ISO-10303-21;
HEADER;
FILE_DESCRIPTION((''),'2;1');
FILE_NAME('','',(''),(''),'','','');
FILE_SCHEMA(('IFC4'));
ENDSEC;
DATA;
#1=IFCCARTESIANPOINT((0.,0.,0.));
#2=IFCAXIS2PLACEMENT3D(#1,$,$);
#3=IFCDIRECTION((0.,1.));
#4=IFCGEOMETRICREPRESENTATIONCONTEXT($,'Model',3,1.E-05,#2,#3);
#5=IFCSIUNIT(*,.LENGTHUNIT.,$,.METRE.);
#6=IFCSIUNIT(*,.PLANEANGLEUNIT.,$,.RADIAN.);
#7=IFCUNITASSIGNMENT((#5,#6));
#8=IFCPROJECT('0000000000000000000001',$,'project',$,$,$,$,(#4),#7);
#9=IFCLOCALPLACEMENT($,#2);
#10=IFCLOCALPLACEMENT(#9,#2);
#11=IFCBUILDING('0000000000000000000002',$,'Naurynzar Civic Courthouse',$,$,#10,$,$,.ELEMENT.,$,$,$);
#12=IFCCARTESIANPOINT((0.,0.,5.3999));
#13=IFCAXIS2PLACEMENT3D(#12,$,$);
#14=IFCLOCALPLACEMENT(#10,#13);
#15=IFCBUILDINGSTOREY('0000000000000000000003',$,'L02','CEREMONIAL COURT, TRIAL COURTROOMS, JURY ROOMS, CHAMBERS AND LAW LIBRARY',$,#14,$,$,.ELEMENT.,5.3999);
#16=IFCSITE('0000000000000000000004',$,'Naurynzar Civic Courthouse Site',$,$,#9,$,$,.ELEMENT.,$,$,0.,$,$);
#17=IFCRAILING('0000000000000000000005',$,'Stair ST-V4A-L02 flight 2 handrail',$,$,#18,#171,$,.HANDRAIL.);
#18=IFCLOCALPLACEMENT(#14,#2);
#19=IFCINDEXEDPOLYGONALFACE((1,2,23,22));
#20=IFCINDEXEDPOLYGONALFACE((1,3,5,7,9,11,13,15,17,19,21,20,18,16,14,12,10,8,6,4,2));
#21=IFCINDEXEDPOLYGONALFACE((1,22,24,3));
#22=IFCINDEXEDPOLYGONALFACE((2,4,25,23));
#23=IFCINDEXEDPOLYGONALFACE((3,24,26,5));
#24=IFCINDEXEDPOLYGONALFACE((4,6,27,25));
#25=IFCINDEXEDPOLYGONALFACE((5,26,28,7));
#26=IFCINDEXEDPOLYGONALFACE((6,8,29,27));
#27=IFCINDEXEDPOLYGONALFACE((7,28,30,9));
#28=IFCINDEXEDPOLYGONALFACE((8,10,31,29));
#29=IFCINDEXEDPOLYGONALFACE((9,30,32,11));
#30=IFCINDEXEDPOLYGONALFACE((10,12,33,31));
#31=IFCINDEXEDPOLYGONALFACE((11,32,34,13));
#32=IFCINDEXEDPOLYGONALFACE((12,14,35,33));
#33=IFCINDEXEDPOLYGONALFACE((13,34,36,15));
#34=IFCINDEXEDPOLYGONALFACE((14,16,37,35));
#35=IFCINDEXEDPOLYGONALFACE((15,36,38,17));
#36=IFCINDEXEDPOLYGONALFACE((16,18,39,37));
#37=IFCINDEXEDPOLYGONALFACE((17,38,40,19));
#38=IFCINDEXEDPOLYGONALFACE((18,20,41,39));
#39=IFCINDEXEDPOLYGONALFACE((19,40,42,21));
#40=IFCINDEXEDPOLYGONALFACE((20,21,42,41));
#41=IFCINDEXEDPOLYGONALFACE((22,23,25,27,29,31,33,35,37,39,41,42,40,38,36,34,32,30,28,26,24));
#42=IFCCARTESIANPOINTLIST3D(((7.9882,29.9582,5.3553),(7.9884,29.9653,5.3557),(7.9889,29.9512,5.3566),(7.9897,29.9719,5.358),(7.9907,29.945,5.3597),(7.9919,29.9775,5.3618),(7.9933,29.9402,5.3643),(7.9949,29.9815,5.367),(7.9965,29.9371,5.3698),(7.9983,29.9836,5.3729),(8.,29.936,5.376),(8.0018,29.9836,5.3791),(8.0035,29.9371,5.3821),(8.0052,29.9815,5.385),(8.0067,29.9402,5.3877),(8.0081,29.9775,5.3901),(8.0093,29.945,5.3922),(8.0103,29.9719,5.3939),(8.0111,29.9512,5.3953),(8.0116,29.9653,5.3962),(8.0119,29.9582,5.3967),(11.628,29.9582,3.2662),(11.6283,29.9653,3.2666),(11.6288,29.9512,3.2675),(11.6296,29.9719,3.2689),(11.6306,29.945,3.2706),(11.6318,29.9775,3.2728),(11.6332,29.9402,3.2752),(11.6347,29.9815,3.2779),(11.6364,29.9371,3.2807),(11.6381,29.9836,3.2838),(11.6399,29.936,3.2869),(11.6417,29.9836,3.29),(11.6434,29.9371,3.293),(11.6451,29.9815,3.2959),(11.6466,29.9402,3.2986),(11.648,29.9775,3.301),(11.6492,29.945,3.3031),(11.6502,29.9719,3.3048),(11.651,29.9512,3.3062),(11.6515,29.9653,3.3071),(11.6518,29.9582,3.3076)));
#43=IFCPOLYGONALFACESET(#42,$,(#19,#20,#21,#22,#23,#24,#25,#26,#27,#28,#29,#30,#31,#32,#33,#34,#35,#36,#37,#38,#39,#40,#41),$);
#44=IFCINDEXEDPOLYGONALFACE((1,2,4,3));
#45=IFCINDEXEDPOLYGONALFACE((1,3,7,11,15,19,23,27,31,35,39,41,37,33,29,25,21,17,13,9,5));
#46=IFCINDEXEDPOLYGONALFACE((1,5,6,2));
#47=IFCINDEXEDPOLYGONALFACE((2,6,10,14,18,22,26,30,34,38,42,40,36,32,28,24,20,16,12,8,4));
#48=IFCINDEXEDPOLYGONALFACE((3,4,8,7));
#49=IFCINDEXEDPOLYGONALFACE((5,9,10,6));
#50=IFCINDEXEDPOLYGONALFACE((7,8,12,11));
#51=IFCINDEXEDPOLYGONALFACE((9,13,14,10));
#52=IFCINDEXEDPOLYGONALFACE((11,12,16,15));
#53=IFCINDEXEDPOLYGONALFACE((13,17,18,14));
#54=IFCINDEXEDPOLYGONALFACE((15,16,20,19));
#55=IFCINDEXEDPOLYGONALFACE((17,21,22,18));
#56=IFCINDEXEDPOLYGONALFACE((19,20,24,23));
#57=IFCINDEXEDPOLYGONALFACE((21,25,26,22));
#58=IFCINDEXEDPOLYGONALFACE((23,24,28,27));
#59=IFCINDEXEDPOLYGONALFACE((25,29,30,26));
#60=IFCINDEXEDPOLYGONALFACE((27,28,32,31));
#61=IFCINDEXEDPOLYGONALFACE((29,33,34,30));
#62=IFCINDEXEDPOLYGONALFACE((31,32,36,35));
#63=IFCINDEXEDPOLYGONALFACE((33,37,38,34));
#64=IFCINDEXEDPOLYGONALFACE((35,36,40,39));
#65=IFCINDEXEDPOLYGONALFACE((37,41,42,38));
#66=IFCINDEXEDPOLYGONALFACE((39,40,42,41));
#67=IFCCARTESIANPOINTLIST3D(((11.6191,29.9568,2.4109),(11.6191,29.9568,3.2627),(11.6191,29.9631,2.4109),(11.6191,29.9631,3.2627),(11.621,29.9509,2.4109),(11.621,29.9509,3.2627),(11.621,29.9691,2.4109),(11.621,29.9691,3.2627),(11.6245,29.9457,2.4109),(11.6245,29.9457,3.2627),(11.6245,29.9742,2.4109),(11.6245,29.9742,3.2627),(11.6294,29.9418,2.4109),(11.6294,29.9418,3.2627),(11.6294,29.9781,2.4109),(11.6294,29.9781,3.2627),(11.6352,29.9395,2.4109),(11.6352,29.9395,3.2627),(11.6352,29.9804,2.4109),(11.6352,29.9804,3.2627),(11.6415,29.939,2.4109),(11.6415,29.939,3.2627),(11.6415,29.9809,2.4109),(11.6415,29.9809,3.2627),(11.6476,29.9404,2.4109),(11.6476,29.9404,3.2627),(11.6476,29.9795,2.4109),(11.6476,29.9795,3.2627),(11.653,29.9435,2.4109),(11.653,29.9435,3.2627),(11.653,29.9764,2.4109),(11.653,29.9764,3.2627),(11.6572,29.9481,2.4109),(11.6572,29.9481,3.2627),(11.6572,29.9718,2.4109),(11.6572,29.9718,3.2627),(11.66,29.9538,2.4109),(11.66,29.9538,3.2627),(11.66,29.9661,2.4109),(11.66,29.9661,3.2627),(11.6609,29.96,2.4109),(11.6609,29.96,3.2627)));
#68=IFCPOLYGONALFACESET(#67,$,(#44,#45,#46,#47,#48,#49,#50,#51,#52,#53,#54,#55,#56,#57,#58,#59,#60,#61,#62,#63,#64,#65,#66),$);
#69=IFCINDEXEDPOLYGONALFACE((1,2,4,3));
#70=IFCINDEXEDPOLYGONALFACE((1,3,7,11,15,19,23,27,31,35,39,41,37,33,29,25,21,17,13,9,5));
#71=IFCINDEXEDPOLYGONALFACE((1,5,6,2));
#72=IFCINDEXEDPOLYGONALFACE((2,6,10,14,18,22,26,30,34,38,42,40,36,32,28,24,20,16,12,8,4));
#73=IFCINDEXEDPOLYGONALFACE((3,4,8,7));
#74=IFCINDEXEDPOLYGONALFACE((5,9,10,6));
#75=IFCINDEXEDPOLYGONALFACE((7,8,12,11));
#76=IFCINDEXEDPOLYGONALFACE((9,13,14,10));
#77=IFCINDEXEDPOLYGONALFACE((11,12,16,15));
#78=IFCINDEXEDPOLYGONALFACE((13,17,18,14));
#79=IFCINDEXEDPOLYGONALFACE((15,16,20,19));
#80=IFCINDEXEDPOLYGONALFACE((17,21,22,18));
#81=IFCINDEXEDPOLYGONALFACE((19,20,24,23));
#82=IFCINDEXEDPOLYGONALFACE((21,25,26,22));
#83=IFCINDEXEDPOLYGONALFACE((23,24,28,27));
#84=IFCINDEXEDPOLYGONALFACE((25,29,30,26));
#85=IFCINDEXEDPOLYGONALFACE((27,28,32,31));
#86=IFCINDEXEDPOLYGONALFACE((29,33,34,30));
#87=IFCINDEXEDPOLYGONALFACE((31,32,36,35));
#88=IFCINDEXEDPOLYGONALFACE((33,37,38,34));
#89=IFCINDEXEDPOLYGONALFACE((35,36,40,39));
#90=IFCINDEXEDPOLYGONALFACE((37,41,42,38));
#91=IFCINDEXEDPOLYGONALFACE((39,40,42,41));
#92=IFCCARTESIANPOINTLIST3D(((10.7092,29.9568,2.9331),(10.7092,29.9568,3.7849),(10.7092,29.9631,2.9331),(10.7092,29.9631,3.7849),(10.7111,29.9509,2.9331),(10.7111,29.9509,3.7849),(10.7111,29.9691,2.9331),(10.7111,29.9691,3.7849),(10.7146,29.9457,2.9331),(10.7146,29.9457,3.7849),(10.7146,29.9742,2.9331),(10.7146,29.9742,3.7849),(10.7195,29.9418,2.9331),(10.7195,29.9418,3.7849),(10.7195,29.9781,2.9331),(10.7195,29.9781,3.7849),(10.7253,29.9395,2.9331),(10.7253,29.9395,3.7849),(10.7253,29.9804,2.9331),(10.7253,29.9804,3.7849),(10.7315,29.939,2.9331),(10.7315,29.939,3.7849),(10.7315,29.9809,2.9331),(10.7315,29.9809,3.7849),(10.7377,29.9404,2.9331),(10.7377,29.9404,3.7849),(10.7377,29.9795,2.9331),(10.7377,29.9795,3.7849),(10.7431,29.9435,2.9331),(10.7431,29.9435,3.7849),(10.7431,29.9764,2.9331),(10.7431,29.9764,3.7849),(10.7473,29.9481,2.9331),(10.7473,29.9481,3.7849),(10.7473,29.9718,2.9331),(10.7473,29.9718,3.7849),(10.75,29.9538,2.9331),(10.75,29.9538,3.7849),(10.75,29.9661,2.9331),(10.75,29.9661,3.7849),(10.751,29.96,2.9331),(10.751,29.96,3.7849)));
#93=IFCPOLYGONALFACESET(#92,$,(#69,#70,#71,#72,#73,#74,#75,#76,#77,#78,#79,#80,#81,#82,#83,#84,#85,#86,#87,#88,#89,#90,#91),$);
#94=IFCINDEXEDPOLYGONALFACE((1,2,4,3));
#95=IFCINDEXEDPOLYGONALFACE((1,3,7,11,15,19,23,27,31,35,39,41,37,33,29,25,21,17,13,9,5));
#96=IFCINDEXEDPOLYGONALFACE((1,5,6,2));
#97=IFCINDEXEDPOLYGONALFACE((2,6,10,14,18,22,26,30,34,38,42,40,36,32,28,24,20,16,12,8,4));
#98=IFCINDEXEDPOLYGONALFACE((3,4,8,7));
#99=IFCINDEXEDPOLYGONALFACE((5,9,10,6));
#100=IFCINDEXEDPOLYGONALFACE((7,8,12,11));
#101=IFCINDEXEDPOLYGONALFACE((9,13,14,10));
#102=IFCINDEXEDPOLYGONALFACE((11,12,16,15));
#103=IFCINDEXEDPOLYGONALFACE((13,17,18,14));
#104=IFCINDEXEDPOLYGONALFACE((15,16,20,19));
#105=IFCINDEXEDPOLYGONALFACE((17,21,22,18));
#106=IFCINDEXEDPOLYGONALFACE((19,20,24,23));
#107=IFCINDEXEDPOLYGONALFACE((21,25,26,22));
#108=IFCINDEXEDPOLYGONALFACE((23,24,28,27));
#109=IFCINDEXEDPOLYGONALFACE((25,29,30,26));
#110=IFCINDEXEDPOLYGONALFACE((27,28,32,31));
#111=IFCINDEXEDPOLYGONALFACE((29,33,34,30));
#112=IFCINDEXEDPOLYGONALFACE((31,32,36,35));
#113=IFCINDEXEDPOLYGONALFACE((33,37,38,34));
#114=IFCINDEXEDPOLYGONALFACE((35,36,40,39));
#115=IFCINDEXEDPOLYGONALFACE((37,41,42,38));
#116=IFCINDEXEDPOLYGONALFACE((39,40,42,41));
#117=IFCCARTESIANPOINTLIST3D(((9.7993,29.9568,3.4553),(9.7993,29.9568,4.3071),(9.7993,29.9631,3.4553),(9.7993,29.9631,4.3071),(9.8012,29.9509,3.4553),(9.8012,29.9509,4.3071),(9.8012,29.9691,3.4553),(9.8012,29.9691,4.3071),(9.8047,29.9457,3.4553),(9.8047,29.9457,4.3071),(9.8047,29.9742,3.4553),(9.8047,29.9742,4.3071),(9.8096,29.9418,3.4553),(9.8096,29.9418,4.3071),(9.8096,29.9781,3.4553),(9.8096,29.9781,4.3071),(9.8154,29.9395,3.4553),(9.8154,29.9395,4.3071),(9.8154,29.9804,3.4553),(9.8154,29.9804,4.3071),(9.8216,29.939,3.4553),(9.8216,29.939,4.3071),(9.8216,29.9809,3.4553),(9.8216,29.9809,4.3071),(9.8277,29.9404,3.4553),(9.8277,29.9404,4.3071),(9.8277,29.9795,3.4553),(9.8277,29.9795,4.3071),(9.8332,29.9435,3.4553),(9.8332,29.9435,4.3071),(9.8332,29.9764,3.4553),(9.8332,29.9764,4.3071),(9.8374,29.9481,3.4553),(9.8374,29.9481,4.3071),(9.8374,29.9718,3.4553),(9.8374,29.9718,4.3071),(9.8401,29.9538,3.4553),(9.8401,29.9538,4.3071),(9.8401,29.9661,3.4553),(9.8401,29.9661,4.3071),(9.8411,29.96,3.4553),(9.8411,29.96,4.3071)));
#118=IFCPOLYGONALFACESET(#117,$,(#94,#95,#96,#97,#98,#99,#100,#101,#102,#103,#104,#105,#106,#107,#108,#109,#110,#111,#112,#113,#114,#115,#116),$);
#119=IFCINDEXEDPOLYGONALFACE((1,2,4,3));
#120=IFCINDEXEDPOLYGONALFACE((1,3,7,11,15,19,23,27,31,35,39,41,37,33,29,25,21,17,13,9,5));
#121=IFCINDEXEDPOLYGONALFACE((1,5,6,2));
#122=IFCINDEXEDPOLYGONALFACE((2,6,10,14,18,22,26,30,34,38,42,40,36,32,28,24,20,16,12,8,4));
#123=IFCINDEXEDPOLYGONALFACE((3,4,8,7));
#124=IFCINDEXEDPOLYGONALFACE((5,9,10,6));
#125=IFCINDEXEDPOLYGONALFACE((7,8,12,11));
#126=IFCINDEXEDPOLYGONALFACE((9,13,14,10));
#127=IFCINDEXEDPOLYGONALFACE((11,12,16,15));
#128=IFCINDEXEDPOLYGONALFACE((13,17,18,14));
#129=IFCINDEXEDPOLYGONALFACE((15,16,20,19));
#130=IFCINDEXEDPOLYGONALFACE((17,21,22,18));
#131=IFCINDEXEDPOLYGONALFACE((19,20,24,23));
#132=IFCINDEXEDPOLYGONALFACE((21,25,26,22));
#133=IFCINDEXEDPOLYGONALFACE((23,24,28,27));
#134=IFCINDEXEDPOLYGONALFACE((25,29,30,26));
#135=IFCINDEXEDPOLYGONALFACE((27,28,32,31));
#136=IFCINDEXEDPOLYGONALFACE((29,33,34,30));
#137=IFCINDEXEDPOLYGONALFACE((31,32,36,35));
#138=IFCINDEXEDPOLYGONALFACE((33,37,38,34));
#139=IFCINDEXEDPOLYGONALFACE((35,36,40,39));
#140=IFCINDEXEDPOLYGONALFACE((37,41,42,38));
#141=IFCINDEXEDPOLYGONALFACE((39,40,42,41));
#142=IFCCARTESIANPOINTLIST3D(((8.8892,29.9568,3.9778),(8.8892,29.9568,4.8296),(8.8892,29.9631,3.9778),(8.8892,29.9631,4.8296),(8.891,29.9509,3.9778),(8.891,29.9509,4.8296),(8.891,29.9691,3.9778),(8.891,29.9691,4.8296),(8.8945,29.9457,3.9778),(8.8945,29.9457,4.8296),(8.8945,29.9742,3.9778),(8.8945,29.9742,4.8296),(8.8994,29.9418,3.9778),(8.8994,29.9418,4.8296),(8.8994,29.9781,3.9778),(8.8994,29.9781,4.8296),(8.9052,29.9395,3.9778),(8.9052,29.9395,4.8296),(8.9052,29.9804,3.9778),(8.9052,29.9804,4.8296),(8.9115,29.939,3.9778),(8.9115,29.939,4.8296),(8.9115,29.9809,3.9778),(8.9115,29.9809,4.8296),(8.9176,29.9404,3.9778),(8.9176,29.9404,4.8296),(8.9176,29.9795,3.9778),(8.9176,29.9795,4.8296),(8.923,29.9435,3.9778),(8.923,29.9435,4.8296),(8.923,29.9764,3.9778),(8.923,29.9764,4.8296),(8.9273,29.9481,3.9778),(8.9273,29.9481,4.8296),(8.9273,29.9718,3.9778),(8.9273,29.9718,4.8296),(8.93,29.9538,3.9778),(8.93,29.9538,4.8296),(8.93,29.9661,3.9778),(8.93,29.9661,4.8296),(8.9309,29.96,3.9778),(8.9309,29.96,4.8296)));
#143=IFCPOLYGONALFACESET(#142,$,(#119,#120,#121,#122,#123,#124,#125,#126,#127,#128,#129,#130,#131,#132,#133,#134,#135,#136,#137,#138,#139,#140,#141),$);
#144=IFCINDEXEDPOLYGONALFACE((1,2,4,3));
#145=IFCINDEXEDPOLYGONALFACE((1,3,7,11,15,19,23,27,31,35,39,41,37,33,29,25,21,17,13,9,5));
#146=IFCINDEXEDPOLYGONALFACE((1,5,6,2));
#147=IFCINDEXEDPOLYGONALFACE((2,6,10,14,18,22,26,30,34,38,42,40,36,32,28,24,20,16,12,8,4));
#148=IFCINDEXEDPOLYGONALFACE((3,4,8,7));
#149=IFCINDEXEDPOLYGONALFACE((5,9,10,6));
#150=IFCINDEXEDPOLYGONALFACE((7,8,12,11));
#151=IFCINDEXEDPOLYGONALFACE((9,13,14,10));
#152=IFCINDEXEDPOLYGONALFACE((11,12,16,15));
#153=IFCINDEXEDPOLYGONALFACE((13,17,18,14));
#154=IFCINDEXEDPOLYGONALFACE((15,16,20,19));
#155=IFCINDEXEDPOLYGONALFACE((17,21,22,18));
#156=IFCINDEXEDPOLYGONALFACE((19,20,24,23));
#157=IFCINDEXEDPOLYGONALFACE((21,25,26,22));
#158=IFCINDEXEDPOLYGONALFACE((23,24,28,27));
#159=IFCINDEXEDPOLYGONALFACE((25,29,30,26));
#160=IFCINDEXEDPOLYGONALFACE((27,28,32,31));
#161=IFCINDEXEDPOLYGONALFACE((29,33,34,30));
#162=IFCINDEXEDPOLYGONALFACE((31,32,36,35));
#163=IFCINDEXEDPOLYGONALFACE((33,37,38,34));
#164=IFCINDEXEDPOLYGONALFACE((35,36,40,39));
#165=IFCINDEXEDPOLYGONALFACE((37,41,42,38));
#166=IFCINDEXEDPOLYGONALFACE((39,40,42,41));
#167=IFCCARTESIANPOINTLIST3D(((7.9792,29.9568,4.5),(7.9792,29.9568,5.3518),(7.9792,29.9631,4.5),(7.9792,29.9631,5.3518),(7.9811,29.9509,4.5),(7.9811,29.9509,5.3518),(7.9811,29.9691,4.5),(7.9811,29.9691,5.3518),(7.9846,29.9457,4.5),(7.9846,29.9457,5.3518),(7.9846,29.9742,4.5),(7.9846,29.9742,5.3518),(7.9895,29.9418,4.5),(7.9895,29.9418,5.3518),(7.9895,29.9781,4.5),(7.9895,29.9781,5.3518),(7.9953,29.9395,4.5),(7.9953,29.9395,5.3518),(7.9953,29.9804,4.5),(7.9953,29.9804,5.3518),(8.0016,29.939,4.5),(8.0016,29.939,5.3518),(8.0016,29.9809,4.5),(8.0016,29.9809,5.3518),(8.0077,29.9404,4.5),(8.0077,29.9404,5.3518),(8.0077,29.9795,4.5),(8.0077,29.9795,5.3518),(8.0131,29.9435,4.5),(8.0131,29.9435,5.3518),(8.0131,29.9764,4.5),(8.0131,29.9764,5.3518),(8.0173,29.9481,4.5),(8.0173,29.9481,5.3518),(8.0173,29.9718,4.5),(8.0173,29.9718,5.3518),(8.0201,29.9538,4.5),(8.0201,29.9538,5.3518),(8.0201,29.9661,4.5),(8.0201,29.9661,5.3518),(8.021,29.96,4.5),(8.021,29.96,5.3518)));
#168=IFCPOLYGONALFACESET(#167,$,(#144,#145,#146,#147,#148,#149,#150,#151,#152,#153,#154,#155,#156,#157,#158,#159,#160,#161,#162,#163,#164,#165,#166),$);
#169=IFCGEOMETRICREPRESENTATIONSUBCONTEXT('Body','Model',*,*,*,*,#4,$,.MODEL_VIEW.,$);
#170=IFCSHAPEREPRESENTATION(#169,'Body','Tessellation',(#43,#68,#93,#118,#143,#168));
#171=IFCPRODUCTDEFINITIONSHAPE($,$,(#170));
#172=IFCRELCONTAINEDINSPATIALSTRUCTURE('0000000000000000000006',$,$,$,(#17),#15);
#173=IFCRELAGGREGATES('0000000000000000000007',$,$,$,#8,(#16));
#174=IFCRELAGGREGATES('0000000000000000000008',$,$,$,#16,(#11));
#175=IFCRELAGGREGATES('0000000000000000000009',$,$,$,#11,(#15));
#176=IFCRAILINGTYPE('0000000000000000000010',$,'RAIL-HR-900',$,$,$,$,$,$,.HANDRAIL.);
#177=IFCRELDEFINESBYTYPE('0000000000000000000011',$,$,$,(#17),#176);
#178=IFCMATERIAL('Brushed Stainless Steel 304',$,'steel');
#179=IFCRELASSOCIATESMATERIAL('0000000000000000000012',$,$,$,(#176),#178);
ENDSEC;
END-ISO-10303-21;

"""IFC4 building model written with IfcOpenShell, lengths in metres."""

from ifc_helpers import new_model, si_unit, direction, frame, origin, origin_2d, place, context, subcontext, project, spatial, circle, extrude, material, type_object, element, save


model = new_model("IFC4")

# Units and contexts
model_context = context("Model", 3, precision=1e-05, world=origin(), true_north=direction((0.0, 1.0)))
body_context = subcontext(model_context, "Body", "Model", "MODEL_VIEW")
ifc_project = project(units=[si_unit("LENGTHUNIT", "METRE"), si_unit("PLANEANGLEUNIT", "RADIAN")], contexts=[model_context])

# Site, building, storey
site_placement = place(None, origin())
site = spatial("IfcSite", under=ifc_project, at=site_placement, Name="Naurynzar Civic Courthouse Site", CompositionType="ELEMENT", RefElevation=0.0)
building_placement = place(site_placement, origin())
building = spatial("IfcBuilding", under=site, at=building_placement, Name="Naurynzar Civic Courthouse", CompositionType="ELEMENT")
storey_placement = place(building_placement, frame((0.0, 0.0, 5.3999)))
storey = spatial("IfcBuildingStorey", under=building, at=storey_placement, Name="L02", Description="CEREMONIAL COURT, TRIAL COURTROOMS, JURY ROOMS, CHAMBERS AND LAW LIBRARY", CompositionType="ELEMENT", Elevation=5.3999)

# Railing
ifc_material_1 = material(Name="Brushed Stainless Steel 304", Category="steel")
railing_type_1 = type_object("IfcRailingType", Name="RAIL-HR-900", PredefinedType="HANDRAIL", material=ifc_material_1)
railing_1_placement = place(storey_placement, frame((11.6399, 29.96, 2.4109)))
element("IfcRailing", 1, at=railing_1_placement, inside=storey, type_object=railing_type_1, Name="Stair ST-V4A-L02 flight 2 handrail", PredefinedType="HANDRAIL", context=body_context, shape_type="SweptSolid", body=[
    extrude(circle(Radius=0.0239, at=origin_2d()), frame((0.0, 0.0, 0.876), z_axis=(-0.8673, 0.0, 0.497786), x_axis=(0.0, -1.0, 0.0)), (0.0, 0.0, 1.0), 4.1968),
    extrude(circle(Radius=0.021, at=origin_2d()), origin(), (0.0, 0.0, 1.0), 0.8518),
    extrude(circle(Radius=0.021, at=origin_2d()), frame((-0.9099, 0.0, 0.5222)), (0.0, 0.0, 1.0), 0.8518),
    extrude(circle(Radius=0.021, at=origin_2d()), frame((-1.8198, 0.0, 1.0444)), (0.0, 0.0, 1.0), 0.8518),
    extrude(circle(Radius=0.021, at=origin_2d()), frame((-2.73, 0.0, 1.5669)), (0.0, 0.0, 1.0), 0.8518),
    extrude(circle(Radius=0.021, at=origin_2d()), frame((-3.6399, 0.0, 2.0891)), (0.0, 0.0, 1.0), 0.8518),
])

save(model, "model.ifc")
